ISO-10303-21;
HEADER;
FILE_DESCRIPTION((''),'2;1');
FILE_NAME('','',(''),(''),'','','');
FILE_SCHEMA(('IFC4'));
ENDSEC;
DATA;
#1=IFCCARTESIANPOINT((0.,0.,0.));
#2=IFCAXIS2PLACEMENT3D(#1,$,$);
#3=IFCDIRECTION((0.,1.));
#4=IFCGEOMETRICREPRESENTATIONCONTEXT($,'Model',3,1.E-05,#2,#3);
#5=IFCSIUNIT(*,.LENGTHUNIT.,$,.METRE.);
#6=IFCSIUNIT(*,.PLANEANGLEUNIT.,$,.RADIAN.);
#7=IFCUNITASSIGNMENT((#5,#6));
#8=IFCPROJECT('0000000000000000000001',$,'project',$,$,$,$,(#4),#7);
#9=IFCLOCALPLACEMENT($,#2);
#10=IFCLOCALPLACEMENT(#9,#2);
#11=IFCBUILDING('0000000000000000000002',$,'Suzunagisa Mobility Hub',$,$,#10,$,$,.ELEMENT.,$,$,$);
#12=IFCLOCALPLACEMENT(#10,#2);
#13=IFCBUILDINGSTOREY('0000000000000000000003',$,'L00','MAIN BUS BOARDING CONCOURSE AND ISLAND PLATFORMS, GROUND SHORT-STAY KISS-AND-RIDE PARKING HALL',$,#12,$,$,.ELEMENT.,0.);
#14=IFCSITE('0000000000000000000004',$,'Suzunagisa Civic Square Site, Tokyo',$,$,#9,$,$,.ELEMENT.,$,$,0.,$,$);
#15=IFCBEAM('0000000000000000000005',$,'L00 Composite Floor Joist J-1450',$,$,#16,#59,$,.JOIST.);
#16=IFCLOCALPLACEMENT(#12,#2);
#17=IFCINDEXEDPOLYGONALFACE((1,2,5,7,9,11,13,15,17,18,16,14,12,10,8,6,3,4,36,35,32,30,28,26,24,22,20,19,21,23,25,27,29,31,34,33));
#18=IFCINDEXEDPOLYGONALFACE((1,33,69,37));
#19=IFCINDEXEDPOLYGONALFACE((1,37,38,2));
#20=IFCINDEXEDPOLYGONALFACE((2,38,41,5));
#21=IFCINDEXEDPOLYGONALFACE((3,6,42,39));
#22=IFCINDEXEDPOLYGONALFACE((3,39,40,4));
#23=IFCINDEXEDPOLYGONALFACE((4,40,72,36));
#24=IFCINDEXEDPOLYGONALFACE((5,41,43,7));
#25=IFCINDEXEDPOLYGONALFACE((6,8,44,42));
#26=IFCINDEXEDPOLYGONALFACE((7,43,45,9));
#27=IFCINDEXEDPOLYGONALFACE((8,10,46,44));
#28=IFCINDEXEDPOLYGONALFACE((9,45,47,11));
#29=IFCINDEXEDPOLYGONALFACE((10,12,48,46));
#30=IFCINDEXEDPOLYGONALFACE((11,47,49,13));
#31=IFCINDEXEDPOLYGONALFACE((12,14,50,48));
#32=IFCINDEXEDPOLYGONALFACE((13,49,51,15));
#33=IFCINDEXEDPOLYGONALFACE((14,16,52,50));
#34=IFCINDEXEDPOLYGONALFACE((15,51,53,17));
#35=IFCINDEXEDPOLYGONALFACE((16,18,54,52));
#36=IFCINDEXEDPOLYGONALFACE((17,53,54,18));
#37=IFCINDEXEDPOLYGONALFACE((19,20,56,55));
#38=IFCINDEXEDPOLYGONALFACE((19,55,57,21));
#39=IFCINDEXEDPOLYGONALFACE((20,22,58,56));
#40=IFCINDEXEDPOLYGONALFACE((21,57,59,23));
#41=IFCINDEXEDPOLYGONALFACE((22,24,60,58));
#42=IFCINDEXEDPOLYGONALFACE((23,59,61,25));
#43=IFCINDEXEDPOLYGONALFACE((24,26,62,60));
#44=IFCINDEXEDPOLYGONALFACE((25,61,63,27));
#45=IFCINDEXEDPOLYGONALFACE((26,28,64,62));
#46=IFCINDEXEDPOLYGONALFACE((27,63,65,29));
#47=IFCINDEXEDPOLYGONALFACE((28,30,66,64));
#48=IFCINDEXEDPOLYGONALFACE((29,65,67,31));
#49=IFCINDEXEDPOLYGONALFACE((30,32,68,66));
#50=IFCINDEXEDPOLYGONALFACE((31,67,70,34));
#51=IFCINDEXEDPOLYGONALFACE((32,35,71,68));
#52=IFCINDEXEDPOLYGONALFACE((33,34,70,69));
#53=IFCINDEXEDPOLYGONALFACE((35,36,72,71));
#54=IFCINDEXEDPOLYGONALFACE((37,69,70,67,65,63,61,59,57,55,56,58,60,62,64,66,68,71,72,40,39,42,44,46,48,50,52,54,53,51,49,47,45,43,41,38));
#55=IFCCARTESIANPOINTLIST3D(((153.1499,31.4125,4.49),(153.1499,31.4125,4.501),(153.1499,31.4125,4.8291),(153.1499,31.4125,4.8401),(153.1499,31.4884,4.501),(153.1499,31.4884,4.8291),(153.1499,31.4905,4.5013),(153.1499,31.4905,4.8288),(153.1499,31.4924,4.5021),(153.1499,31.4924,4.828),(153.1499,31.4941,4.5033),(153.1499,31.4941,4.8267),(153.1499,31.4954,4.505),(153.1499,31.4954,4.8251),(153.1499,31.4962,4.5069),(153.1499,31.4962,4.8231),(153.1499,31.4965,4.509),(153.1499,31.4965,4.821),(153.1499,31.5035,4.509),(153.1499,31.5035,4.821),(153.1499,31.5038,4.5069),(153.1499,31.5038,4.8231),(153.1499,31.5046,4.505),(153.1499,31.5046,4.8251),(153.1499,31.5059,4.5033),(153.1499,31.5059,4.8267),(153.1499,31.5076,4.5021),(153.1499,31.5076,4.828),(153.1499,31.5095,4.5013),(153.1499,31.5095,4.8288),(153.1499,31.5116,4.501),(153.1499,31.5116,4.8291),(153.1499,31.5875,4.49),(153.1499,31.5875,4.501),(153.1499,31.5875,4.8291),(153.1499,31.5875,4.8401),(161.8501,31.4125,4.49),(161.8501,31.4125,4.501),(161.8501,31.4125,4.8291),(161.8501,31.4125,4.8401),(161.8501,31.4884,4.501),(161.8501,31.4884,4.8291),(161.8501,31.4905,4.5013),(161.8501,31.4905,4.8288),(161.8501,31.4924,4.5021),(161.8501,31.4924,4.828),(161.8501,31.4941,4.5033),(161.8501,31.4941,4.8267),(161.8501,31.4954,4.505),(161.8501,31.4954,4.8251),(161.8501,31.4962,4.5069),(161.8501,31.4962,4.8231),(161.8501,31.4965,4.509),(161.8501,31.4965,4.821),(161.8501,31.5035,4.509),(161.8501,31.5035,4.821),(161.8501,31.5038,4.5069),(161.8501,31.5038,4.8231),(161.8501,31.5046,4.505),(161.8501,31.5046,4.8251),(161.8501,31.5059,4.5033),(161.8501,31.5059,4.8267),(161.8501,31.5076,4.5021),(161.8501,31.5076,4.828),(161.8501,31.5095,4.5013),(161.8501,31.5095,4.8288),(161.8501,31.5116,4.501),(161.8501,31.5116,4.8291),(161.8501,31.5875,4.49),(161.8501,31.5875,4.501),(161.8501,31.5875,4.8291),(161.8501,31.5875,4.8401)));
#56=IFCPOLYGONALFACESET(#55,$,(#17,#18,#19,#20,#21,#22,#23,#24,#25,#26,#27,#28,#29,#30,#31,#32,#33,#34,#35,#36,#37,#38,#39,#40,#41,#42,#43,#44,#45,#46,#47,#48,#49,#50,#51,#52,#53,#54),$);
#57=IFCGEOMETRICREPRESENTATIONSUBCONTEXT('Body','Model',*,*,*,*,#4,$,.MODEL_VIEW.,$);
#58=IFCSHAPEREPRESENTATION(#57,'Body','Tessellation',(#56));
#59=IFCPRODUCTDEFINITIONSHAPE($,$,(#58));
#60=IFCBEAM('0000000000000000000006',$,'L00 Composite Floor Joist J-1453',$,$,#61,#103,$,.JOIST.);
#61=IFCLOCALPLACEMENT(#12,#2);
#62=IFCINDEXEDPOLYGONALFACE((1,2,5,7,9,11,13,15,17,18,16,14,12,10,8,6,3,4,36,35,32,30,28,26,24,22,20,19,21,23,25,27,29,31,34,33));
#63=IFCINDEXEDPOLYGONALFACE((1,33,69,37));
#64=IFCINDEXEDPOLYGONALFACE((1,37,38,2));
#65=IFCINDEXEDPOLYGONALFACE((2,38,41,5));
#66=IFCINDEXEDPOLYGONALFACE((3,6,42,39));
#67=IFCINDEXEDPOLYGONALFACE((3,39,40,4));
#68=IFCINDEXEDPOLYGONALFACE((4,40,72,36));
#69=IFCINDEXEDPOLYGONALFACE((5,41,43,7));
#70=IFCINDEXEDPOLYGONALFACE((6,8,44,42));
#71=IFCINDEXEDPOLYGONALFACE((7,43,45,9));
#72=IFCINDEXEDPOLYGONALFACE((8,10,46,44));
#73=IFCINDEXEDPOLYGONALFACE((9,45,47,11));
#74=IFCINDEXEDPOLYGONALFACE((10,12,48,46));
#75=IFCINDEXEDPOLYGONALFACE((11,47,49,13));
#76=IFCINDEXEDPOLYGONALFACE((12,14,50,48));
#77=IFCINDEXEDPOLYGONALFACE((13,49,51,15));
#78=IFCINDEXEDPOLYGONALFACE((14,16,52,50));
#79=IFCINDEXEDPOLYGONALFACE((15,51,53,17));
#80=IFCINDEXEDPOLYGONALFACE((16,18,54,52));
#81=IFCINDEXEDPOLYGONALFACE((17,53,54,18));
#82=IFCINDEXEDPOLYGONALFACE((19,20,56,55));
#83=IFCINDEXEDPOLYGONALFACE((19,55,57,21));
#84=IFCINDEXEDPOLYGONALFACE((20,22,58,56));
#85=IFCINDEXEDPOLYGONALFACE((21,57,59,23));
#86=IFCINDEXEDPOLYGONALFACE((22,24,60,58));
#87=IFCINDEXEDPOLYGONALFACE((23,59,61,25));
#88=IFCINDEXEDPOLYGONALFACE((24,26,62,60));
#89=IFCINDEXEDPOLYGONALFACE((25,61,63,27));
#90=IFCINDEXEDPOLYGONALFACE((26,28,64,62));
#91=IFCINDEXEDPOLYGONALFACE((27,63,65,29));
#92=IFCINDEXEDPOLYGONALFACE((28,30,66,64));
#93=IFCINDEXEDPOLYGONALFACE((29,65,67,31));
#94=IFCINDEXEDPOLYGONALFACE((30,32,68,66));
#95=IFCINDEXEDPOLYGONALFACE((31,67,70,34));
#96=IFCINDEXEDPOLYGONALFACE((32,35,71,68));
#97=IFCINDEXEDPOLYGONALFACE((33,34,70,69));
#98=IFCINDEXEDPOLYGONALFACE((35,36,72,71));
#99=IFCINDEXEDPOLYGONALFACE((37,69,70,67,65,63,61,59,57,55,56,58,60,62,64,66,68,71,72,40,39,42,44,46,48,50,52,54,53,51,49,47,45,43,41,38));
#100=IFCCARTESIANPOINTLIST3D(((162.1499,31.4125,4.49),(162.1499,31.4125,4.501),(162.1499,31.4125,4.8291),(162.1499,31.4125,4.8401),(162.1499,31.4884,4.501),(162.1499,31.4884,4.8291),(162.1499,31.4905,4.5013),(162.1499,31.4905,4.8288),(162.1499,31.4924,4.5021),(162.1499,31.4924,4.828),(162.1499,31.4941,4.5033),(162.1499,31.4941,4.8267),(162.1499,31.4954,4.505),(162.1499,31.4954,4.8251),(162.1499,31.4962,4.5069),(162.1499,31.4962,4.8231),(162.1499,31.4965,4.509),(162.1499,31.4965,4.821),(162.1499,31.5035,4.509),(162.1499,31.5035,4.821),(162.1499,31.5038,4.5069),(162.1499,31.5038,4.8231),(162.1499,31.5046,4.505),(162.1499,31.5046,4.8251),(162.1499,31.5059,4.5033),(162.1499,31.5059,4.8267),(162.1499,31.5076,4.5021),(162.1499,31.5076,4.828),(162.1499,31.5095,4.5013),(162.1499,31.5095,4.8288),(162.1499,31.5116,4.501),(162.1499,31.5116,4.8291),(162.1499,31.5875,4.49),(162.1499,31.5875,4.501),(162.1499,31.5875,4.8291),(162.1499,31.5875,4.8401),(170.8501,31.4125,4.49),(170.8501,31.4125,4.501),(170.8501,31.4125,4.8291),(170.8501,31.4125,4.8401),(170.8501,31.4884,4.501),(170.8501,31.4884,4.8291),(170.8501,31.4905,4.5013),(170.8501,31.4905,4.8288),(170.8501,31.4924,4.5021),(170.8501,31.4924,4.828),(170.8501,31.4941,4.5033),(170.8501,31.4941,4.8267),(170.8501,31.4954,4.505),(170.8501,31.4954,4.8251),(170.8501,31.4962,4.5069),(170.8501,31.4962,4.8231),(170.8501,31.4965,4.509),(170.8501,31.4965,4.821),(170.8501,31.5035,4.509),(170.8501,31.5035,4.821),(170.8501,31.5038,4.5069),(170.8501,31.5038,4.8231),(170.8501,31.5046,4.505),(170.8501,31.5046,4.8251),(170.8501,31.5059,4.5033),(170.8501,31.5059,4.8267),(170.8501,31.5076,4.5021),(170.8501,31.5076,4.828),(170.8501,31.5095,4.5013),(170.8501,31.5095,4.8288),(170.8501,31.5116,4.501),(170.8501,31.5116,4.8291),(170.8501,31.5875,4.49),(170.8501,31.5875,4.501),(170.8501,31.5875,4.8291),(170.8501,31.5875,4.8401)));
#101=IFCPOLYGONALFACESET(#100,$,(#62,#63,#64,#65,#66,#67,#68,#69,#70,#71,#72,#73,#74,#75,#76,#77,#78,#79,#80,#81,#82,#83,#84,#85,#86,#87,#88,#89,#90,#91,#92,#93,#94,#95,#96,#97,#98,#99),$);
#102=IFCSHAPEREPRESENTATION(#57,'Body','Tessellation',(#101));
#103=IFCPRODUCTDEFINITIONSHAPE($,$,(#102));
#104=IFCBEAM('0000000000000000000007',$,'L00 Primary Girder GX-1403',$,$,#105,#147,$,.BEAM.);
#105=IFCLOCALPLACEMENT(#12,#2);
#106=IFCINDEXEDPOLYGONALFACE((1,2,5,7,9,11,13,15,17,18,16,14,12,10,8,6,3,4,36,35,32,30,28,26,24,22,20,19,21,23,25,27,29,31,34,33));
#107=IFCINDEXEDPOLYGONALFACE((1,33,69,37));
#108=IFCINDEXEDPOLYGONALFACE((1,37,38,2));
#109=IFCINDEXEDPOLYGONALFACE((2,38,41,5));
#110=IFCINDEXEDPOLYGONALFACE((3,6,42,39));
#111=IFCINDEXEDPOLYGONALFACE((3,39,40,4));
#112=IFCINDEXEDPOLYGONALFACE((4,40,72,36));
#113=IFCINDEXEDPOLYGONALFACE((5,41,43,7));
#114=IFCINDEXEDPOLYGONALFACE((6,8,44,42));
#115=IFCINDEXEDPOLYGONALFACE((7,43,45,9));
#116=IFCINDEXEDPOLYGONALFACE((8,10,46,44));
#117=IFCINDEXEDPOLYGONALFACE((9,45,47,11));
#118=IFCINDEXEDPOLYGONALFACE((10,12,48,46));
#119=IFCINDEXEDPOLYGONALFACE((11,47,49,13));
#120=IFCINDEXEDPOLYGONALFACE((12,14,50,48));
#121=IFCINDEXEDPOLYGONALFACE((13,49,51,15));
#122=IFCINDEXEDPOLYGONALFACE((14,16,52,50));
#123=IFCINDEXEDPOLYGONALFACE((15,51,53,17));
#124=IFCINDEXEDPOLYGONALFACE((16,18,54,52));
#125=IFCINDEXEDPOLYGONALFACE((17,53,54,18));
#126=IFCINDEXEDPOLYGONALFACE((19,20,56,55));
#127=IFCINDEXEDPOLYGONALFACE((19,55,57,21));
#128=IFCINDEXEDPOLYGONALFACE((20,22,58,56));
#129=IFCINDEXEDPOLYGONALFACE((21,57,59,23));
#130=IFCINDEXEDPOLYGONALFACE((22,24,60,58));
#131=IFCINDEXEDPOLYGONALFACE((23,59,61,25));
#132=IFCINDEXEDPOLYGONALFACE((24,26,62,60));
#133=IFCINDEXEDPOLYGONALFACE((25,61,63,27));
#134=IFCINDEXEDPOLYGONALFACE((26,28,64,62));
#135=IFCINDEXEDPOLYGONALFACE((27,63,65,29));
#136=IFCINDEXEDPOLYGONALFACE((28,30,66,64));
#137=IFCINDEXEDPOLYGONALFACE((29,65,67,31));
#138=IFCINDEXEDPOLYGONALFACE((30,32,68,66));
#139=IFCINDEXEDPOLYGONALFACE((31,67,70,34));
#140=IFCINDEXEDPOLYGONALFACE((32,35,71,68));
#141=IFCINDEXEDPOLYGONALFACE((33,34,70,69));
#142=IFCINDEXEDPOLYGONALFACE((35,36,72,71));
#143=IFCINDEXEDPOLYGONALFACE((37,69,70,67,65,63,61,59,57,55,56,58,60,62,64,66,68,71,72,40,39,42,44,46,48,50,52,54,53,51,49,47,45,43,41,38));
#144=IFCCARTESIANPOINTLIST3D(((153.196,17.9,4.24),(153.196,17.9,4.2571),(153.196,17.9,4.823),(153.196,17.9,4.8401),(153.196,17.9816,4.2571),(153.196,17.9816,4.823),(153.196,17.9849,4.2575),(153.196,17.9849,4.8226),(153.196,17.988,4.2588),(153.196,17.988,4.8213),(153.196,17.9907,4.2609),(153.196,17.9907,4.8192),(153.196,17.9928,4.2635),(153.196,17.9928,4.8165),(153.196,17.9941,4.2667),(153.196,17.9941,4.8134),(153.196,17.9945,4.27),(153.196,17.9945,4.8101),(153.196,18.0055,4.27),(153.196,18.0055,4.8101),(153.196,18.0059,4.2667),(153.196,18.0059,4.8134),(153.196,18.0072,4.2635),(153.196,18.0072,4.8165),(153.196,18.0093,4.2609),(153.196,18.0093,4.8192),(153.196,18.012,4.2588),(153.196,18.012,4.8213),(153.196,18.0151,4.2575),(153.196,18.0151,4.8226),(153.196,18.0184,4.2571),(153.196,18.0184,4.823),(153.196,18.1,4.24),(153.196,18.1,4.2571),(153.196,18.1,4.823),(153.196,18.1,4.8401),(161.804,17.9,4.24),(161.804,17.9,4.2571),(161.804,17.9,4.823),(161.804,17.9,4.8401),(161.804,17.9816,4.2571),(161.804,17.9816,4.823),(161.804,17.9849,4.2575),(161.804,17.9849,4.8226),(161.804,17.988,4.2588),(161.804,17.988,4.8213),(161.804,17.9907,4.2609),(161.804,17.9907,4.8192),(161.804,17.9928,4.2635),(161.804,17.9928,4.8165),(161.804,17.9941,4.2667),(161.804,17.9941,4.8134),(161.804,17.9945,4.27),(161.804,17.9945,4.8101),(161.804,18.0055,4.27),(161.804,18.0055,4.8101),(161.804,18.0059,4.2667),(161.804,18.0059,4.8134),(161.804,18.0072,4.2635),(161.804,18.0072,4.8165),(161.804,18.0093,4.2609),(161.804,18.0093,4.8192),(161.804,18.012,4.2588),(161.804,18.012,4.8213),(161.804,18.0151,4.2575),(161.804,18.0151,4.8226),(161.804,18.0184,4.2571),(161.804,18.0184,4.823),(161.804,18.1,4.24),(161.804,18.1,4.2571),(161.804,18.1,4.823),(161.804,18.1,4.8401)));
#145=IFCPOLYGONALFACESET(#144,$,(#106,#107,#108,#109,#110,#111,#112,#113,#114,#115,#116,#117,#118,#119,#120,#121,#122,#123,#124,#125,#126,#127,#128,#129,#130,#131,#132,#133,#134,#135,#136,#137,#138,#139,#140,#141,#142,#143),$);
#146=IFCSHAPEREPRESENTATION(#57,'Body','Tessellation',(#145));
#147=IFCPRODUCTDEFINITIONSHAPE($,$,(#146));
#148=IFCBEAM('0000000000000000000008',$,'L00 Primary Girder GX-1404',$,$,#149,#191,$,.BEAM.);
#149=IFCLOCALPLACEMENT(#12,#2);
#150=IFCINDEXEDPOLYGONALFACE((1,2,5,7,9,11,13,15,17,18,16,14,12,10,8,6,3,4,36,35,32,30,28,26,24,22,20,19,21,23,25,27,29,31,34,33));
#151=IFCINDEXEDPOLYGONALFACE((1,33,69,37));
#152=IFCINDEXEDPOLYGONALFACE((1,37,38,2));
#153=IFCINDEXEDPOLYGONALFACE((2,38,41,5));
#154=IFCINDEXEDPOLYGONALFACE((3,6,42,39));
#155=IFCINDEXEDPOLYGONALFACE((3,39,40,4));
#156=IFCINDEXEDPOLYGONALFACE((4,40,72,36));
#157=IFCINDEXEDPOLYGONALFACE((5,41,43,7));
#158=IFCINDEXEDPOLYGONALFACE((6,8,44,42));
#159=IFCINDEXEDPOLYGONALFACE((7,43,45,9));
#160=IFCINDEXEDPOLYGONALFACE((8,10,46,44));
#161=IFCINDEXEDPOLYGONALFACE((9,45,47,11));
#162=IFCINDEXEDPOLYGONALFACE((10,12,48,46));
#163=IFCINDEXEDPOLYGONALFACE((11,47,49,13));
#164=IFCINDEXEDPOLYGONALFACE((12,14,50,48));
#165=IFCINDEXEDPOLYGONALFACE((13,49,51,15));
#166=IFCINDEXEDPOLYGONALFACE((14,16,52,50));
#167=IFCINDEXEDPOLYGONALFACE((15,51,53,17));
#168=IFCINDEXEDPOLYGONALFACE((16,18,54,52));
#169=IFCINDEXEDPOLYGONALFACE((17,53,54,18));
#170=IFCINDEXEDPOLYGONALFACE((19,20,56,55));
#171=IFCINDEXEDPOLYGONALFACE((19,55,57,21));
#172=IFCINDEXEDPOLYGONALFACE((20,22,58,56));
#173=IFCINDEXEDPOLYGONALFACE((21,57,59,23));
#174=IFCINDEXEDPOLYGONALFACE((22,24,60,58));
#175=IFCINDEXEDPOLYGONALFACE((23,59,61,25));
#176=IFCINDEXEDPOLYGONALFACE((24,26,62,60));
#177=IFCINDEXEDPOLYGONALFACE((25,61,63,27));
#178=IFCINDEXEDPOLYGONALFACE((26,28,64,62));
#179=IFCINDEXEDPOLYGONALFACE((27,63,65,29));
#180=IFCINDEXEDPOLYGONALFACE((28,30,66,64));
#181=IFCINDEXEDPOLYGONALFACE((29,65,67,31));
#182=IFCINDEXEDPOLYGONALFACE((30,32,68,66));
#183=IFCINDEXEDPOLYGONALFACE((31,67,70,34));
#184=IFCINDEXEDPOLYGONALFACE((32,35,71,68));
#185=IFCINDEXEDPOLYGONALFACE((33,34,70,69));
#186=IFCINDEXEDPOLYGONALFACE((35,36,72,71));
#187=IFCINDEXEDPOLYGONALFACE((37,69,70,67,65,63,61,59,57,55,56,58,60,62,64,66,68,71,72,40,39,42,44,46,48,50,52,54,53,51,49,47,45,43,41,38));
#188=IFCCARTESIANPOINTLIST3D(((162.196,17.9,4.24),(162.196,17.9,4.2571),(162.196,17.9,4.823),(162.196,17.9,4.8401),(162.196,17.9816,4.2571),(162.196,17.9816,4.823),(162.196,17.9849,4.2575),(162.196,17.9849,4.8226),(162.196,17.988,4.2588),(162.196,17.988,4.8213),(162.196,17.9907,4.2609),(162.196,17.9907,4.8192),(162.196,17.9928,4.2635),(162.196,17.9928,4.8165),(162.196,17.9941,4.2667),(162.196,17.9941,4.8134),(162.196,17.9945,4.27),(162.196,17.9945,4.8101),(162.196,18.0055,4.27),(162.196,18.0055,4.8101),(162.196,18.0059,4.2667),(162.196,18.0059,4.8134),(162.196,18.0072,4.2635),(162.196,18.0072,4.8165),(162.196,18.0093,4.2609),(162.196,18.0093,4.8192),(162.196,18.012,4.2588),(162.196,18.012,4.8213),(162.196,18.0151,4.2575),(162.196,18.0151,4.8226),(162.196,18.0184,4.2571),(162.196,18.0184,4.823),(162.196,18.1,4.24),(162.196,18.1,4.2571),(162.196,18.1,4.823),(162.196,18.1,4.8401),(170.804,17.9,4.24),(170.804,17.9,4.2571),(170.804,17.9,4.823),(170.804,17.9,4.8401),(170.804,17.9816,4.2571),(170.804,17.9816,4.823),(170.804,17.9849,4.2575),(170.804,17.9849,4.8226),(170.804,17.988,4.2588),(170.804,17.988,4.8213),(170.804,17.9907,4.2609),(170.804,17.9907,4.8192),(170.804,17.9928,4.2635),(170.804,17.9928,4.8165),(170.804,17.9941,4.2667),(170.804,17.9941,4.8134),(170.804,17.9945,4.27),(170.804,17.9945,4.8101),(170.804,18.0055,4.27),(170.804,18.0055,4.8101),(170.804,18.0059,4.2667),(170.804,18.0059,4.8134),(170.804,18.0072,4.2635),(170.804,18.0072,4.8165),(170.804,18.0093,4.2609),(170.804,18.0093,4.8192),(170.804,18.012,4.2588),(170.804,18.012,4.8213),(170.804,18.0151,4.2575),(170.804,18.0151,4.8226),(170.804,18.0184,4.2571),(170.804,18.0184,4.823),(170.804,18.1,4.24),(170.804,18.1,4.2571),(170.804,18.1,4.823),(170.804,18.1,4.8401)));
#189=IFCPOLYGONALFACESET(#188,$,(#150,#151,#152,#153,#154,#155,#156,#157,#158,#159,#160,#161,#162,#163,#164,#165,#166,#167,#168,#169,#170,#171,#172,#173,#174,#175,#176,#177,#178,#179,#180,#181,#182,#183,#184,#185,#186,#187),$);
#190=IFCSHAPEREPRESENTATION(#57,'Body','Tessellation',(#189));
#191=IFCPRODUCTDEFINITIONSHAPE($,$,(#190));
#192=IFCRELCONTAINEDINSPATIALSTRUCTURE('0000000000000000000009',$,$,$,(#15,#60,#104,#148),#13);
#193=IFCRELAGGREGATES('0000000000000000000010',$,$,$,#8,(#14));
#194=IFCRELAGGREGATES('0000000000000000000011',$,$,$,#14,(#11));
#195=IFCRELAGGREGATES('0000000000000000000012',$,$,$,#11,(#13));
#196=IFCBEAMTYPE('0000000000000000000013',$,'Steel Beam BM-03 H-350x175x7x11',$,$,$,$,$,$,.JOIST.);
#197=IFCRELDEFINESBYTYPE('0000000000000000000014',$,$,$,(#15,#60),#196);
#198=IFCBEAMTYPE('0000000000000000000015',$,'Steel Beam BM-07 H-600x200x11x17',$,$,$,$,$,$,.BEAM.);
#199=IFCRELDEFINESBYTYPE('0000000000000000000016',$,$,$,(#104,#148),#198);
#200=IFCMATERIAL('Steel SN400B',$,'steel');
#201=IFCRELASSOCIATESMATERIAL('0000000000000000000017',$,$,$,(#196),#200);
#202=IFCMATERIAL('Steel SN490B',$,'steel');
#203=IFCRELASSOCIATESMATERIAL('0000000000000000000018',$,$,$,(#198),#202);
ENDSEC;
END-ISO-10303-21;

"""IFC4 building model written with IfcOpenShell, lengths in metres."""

from ifc_helpers import new_model, si_unit, direction, frame, origin, origin_2d, place, context, subcontext, project, spatial, i_section, extrude, material, material_profile, profile_set, type_object, element, save


model = new_model("IFC4")

# Units and contexts
model_context = context("Model", 3, precision=1e-05, world=origin(), true_north=direction((0.0, 1.0)))
body_context = subcontext(model_context, "Body", "Model", "MODEL_VIEW")
ifc_project = project(units=[si_unit("LENGTHUNIT", "METRE"), si_unit("PLANEANGLEUNIT", "RADIAN")], contexts=[model_context])

# Site, building, storey
site_placement = place(None, origin())
site = spatial("IfcSite", under=ifc_project, at=site_placement, Name="Suzunagisa Civic Square Site, Tokyo", CompositionType="ELEMENT", RefElevation=0.0)
building_placement = place(site_placement, origin())
building = spatial("IfcBuilding", under=site, at=building_placement, Name="Suzunagisa Mobility Hub", CompositionType="ELEMENT")
storey_placement = place(building_placement, origin())
storey = spatial("IfcBuildingStorey", under=building, at=storey_placement, Name="L00", Description="MAIN BUS BOARDING CONCOURSE AND ISLAND PLATFORMS, GROUND SHORT-STAY KISS-AND-RIDE PARKING HALL", CompositionType="ELEMENT", Elevation=0.0)

# Shared definitions
ifc_material_1 = material(Name="Steel SN490B", Category="steel")

# Beams
ifc_material_2 = material(Name="Steel SN400B", Category="steel")
ifc_material_profile_1 = material_profile(ifc_material_2, i_section(OverallWidth=0.175, OverallDepth=0.3501, WebThickness=0.0071, FlangeThickness=0.011, FilletRadius=0.0081, at=origin_2d()), Name="H-350x175x7x11")
ifc_profile_set_1 = profile_set([ifc_material_profile_1], Name="Steel SN400B")
beam_type_1 = type_object("IfcBeamType", Name="Steel Beam BM-03 H-350x175x7x11", PredefinedType="JOIST", material=ifc_profile_set_1)
for number, where, z_axis, x_axis, name in (
    (1, (153.1499, 31.5, 4.665), (1.0, 0.0, 0.0), (0.0, 1.0, 0.0), "L00 Composite Floor Joist J-1450"),
    (2, (162.1499, 31.5, 4.665), (1.0, 0.0, 0.0), (0.0, 1.0, 0.0), "L00 Composite Floor Joist J-1453"),
):
    element("IfcBeam", number, at=place(storey_placement, frame(where, z_axis=z_axis, x_axis=x_axis)), inside=storey, type_object=beam_type_1, Name=name, PredefinedType="JOIST", context=body_context, shape_type="SweptSolid", body=[
        extrude(i_section(OverallWidth=0.175, OverallDepth=0.3501, WebThickness=0.0071, FlangeThickness=0.011, FilletRadius=0.0081, at=origin_2d()), origin(), (0.0, 0.0, 1.0), 8.7002),
    ])
ifc_material_profile_2 = material_profile(ifc_material_1, i_section(OverallWidth=0.2, OverallDepth=0.6001, WebThickness=0.011, FlangeThickness=0.0171, FilletRadius=0.0129, at=origin_2d()), Name="H-600x200x11x17")
ifc_profile_set_2 = profile_set([ifc_material_profile_2], Name="Steel SN490B")
beam_type_2 = type_object("IfcBeamType", Name="Steel Beam BM-07 H-600x200x11x17", PredefinedType="BEAM", material=ifc_profile_set_2)
for number, where, z_axis, x_axis, name in (
    (3, (153.196, 18.0, 4.54), (1.0, 0.0, 0.0), (0.0, 1.0, 0.0), "L00 Primary Girder GX-1403"),
    (4, (162.196, 18.0, 4.54), (1.0, 0.0, 0.0), (0.0, 1.0, 0.0), "L00 Primary Girder GX-1404"),
):
    element("IfcBeam", number, at=place(storey_placement, frame(where, z_axis=z_axis, x_axis=x_axis)), inside=storey, type_object=beam_type_2, Name=name, PredefinedType="BEAM", context=body_context, shape_type="SweptSolid", body=[
        extrude(i_section(OverallWidth=0.2, OverallDepth=0.6001, WebThickness=0.011, FlangeThickness=0.0171, FilletRadius=0.0129, at=origin_2d()), origin(), (0.0, 0.0, 1.0), 8.6079),
    ])

save(model, "model.ifc")
